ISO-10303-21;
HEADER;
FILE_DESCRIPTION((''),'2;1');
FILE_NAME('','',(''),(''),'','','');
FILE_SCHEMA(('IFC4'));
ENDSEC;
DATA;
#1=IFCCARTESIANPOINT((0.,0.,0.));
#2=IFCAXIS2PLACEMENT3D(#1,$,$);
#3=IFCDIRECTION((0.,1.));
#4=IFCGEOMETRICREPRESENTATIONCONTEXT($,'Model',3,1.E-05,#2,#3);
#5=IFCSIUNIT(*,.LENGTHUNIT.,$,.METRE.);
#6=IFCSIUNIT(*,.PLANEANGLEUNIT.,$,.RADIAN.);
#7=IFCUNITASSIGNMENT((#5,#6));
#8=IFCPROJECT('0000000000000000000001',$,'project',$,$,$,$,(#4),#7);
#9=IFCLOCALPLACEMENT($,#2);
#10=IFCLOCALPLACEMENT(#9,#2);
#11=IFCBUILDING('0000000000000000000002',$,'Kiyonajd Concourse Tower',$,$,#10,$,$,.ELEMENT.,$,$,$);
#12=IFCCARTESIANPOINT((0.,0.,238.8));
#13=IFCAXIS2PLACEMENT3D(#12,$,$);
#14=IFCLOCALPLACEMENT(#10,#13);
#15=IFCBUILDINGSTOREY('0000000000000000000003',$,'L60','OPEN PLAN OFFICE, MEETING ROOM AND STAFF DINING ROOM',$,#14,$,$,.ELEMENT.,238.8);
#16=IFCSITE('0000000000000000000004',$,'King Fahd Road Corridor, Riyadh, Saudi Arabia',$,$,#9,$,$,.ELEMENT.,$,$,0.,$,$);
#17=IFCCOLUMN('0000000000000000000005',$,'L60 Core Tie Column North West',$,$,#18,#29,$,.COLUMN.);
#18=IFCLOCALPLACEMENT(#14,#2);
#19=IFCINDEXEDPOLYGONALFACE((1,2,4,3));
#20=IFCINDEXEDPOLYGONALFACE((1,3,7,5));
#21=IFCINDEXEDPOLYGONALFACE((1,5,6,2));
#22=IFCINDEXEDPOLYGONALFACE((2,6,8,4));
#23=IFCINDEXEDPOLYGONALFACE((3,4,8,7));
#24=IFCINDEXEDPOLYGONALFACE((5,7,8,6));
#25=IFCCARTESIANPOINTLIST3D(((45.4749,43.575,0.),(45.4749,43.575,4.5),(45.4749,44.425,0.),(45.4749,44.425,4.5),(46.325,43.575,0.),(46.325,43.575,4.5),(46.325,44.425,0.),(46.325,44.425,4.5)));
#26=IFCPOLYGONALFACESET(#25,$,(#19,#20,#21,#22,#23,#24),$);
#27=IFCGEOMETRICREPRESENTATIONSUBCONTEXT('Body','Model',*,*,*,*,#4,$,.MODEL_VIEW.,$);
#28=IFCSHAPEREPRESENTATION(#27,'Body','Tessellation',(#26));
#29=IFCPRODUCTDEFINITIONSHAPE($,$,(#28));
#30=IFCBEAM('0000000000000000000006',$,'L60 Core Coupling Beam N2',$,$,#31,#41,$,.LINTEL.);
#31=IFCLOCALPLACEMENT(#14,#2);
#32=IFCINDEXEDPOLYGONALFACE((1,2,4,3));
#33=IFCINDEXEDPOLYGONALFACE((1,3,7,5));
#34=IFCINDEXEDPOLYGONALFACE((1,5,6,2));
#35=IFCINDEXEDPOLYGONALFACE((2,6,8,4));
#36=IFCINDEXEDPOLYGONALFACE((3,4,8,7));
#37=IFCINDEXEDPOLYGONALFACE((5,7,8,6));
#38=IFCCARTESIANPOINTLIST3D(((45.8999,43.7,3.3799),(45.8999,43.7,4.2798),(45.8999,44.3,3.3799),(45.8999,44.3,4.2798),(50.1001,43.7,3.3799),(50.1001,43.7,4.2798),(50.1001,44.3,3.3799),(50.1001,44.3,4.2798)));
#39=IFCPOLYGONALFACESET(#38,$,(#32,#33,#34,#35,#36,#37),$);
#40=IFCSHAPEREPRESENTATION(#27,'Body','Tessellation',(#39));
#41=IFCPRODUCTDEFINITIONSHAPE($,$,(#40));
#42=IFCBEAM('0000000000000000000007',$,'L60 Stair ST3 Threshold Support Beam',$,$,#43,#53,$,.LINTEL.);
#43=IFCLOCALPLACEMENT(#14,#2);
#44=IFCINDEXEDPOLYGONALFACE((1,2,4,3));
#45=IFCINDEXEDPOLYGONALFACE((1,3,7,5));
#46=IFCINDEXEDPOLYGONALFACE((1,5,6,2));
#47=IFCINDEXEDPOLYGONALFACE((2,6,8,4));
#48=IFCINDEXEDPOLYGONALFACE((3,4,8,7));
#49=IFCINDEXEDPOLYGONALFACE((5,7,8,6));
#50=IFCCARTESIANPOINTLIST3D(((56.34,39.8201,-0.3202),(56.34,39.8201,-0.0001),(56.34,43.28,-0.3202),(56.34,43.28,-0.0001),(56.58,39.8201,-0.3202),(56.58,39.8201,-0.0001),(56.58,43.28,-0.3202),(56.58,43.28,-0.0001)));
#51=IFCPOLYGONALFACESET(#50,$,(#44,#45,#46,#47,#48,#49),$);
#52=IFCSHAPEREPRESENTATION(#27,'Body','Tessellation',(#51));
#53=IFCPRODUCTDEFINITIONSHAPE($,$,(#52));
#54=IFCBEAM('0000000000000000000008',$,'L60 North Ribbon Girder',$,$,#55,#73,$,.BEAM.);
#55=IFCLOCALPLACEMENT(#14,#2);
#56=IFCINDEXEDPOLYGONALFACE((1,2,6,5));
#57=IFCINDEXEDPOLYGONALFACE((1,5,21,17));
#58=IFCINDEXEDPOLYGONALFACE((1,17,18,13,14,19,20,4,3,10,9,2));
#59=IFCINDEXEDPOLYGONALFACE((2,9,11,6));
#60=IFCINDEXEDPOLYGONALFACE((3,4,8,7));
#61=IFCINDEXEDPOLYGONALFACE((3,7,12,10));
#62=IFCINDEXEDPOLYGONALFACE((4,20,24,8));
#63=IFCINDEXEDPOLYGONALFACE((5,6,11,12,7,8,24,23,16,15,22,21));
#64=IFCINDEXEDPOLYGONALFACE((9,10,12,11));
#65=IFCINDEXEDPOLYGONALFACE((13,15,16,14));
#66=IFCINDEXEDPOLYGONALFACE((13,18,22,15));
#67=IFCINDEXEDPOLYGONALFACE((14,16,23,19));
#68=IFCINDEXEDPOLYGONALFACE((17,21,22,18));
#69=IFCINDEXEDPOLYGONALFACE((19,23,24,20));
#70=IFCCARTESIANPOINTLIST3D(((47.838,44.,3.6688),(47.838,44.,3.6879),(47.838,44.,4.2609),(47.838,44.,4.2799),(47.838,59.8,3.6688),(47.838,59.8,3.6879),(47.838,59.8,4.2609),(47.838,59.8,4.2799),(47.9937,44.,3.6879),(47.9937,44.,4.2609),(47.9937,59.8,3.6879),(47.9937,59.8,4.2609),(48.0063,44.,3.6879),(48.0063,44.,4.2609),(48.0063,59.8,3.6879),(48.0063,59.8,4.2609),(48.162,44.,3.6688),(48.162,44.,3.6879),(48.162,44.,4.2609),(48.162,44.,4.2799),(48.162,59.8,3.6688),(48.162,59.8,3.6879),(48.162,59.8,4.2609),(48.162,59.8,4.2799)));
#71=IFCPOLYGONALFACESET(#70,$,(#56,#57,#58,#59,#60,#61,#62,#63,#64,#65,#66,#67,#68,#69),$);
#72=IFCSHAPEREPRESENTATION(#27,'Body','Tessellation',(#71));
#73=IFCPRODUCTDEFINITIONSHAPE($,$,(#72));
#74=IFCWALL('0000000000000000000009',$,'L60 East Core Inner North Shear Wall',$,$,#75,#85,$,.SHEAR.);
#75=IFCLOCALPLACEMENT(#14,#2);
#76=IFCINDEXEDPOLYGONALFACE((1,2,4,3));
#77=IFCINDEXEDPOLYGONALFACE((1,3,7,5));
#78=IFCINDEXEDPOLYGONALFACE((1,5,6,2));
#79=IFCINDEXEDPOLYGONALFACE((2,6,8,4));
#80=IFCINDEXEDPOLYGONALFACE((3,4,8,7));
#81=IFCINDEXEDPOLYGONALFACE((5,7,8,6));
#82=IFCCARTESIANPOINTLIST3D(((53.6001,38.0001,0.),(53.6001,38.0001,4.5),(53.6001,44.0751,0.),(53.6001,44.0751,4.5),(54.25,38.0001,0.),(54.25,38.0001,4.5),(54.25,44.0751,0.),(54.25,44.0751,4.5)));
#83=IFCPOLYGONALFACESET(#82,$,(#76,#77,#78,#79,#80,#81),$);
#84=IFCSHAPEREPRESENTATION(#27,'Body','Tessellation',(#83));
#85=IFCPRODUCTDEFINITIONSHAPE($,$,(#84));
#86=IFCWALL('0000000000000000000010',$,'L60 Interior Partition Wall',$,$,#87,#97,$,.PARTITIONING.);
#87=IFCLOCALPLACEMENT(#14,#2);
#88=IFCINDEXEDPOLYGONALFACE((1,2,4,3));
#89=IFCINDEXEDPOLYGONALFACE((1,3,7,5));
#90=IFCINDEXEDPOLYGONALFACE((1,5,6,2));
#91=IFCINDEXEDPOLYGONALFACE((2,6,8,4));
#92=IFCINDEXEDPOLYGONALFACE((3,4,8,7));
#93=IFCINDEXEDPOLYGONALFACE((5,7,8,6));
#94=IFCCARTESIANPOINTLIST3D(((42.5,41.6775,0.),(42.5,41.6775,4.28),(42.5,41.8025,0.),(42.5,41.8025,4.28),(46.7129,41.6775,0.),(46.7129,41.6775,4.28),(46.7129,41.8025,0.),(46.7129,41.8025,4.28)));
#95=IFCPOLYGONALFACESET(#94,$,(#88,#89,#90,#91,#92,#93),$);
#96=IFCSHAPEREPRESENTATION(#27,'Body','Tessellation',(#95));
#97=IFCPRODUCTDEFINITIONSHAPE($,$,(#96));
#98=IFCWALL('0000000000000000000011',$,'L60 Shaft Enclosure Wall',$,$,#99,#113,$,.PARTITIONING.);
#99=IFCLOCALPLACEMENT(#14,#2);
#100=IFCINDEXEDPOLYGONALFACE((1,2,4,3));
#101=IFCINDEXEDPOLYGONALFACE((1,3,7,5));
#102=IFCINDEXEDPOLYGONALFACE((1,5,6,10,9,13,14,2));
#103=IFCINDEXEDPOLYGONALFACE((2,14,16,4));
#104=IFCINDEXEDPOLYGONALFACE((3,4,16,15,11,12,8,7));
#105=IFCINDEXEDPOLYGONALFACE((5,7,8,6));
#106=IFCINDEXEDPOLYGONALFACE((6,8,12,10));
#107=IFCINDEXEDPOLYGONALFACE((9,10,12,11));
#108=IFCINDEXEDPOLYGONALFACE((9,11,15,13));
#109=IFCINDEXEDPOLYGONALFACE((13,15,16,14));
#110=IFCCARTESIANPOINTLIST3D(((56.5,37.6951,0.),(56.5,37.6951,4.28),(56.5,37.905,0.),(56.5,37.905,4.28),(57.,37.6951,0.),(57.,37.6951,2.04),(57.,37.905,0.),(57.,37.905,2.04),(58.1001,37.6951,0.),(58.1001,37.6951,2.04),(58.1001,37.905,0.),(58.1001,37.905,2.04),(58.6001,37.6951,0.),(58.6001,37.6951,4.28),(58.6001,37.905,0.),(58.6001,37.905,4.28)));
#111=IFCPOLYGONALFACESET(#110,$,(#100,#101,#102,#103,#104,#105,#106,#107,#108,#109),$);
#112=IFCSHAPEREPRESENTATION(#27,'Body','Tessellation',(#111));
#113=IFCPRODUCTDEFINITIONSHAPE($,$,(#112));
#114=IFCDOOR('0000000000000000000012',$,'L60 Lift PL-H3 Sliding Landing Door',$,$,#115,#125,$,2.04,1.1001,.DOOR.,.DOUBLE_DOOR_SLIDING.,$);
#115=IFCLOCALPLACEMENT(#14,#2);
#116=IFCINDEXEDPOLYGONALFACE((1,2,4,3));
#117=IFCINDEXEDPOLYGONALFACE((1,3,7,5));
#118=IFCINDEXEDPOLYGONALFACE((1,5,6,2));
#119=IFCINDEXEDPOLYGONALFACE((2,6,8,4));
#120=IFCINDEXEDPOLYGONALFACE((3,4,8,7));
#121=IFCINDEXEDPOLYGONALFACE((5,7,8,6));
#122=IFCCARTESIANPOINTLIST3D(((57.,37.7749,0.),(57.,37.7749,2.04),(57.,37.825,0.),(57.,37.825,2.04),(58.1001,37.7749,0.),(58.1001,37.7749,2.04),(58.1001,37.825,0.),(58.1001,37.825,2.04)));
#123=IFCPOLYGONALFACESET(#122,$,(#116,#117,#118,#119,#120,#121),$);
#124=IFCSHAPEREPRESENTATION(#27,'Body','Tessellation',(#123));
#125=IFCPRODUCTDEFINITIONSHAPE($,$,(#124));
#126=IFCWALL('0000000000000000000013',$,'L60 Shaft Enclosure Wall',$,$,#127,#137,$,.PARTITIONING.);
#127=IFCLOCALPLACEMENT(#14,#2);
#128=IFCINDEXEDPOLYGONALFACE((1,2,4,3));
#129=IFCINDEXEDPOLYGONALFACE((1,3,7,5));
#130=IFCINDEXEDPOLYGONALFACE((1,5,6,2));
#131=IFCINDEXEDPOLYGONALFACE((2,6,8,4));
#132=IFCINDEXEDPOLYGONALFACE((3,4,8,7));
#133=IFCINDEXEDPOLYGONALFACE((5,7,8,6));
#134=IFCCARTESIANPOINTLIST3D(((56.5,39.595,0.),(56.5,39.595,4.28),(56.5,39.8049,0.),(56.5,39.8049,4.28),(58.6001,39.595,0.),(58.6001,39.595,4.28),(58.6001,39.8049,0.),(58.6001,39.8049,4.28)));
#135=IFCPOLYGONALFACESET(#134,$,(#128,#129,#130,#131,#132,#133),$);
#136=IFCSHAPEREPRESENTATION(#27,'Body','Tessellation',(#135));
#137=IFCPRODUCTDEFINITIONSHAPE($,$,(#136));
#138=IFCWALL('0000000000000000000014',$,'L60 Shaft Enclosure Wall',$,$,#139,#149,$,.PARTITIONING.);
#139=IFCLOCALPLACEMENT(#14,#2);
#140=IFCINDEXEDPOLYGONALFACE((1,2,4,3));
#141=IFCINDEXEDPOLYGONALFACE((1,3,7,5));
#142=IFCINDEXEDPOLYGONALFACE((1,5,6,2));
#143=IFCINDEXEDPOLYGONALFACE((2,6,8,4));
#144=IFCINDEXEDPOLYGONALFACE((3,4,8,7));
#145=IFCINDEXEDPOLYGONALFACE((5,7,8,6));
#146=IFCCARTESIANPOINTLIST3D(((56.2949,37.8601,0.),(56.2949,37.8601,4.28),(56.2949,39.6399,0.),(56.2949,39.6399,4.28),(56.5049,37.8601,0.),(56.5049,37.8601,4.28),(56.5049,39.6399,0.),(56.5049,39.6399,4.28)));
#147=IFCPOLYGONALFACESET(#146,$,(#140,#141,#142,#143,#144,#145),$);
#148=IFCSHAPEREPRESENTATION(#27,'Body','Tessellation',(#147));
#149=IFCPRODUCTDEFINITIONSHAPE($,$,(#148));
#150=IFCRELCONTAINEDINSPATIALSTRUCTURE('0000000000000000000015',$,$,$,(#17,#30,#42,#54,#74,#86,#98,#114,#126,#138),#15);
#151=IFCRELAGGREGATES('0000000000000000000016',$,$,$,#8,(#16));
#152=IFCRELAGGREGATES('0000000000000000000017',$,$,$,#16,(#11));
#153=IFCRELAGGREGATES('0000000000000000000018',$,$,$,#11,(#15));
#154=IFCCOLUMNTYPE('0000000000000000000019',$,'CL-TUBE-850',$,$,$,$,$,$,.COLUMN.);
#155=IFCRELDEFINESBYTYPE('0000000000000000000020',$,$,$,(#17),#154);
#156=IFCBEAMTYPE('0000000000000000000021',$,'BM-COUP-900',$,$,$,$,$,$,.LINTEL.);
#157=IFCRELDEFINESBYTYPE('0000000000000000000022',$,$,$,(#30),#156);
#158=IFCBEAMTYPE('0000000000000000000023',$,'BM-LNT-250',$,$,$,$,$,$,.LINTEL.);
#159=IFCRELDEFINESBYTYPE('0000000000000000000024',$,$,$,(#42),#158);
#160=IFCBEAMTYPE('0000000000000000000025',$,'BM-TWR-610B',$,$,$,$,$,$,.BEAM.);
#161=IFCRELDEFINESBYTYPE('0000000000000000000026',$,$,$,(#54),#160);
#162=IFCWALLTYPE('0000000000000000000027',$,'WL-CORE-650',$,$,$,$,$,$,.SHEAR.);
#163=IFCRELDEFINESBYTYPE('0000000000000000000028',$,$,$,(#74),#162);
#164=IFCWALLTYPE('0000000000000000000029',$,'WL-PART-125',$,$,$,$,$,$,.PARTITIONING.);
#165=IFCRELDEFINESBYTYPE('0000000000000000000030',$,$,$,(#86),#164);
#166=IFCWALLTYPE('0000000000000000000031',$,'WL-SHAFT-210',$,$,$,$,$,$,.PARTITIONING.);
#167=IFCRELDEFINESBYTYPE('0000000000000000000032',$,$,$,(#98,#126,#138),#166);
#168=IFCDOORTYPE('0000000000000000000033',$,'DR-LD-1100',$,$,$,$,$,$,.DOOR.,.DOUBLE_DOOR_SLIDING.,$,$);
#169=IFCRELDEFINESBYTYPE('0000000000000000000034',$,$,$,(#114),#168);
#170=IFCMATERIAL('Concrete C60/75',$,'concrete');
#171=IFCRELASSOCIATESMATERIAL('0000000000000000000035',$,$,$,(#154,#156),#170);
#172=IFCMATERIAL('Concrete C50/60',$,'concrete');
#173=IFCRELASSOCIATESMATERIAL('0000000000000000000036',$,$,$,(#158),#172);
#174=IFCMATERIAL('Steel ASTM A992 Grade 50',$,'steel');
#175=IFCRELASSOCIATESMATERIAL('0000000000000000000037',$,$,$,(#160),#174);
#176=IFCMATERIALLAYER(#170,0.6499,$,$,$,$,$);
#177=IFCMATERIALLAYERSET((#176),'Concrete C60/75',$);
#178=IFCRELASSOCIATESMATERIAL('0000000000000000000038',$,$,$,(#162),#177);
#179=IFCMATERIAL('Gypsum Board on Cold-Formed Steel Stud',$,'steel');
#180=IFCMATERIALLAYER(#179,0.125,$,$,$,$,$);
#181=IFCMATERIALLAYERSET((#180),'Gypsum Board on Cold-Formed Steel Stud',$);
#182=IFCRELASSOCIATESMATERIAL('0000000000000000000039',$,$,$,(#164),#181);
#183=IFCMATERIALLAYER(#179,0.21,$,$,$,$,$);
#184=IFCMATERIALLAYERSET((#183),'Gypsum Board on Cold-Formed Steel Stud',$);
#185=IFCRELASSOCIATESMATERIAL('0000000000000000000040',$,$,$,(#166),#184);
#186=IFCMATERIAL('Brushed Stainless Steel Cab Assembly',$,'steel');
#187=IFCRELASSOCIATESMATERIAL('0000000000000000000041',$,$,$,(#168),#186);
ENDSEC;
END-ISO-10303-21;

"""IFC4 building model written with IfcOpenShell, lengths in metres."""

from ifc_helpers import new_model, si_unit, direction, frame, frame_2d, origin, origin_2d, place, context, subcontext, project, spatial, rectangle, i_section, extrude, material, layer, layer_set, material_profile, profile_set, type_object, element, fill, save


model = new_model("IFC4")

# Units and contexts
model_context = context("Model", 3, precision=1e-05, world=origin(), true_north=direction((0.0, 1.0)))
body_context = subcontext(model_context, "Body", "Model", "MODEL_VIEW")
ifc_project = project(units=[si_unit("LENGTHUNIT", "METRE"), si_unit("PLANEANGLEUNIT", "RADIAN")], contexts=[model_context])

# Site, building, storey
site_placement = place(None, origin())
site = spatial("IfcSite", under=ifc_project, at=site_placement, Name="King Fahd Road Corridor, Riyadh, Saudi Arabia", CompositionType="ELEMENT", RefElevation=0.0)
building_placement = place(site_placement, origin())
building = spatial("IfcBuilding", under=site, at=building_placement, Name="Kiyonajd Concourse Tower", CompositionType="ELEMENT")
storey_placement = place(building_placement, frame((0.0, 0.0, 238.8)))
storey = spatial("IfcBuildingStorey", under=building, at=storey_placement, Name="L60", Description="OPEN PLAN OFFICE, MEETING ROOM AND STAFF DINING ROOM", CompositionType="ELEMENT", Elevation=238.8)

# Column
ifc_material_1 = material(Name="Concrete C60/75", Category="concrete")
ifc_material_profile_1 = material_profile(ifc_material_1, rectangle(XDim=0.8501, YDim=0.8501, at=origin_2d()), Name="RC-850x850")
ifc_profile_set_1 = profile_set([ifc_material_profile_1], Name="Concrete C60/75")
column_type = type_object("IfcColumnType", Name="CL-TUBE-850", PredefinedType="COLUMN", material=ifc_profile_set_1)
column_placement = place(storey_placement, frame((45.8999, 44.0, 0.0), z_axis=(0.0, 0.0, 1.0), x_axis=(1.0, 0.0, 0.0)))
element("IfcColumn", 1, at=column_placement, inside=storey, type_object=column_type, Name="L60 Core Tie Column North West", PredefinedType="COLUMN", context=body_context, shape_type="SweptSolid", body=[
    extrude(rectangle(XDim=0.8501, YDim=0.8501, at=origin_2d()), origin(), (0.0, 0.0, 1.0), 4.5),
])

# Beams
ifc_material_profile_2 = material_profile(ifc_material_1, rectangle(XDim=0.6001, YDim=0.8999, at=origin_2d()), Name="RCBM-600x900")
ifc_profile_set_2 = profile_set([ifc_material_profile_2], Name="Concrete C60/75")
beam_type_1 = type_object("IfcBeamType", Name="BM-COUP-900", PredefinedType="LINTEL", material=ifc_profile_set_2)
beam_1_placement = place(storey_placement, frame((45.8999, 44.0, 3.8298), z_axis=(1.0, 0.0, 0.0), x_axis=(0.0, 1.0, 0.0)))
element("IfcBeam", 2, at=beam_1_placement, inside=storey, type_object=beam_type_1, Name="L60 Core Coupling Beam N2", PredefinedType="LINTEL", context=body_context, shape_type="SweptSolid", body=[
    extrude(rectangle(XDim=0.6001, YDim=0.8999, at=origin_2d()), origin(), (0.0, 0.0, 1.0), 4.2002),
])
ifc_material_2 = material(Name="Concrete C50/60", Category="concrete")
ifc_material_profile_3 = material_profile(ifc_material_2, rectangle(XDim=0.24, YDim=0.3201, at=origin_2d()), Name="RCBM-240x320")
ifc_profile_set_3 = profile_set([ifc_material_profile_3], Name="Concrete C50/60")
beam_type_2 = type_object("IfcBeamType", Name="BM-LNT-250", PredefinedType="LINTEL", material=ifc_profile_set_3)
beam_2_placement = place(storey_placement, frame((56.46, 39.8201, -0.1602), z_axis=(0.0, 1.0, 0.0), x_axis=(-1.0, 0.0, 0.0)))
element("IfcBeam", 3, at=beam_2_placement, inside=storey, type_object=beam_type_2, Name="L60 Stair ST3 Threshold Support Beam", PredefinedType="LINTEL", context=body_context, shape_type="SweptSolid", body=[
    extrude(rectangle(XDim=0.24, YDim=0.3201, at=origin_2d()), origin(), (0.0, 0.0, 1.0), 3.46),
])
ifc_material_3 = material(Name="Steel ASTM A992 Grade 50", Category="steel")
ifc_material_profile_4 = material_profile(ifc_material_3, i_section(OverallWidth=0.324, OverallDepth=0.6111, WebThickness=0.0127, FlangeThickness=0.019, at=origin_2d()), Name="W610X155")
ifc_profile_set_4 = profile_set([ifc_material_profile_4], Name="Steel ASTM A992 Grade 50")
beam_type_3 = type_object("IfcBeamType", Name="BM-TWR-610B", PredefinedType="BEAM", material=ifc_profile_set_4)
beam_3_placement = place(storey_placement, frame((48.0, 44.0, 3.9744), z_axis=(0.0, 1.0, 0.0), x_axis=(-1.0, 0.0, 0.0)))
element("IfcBeam", 4, at=beam_3_placement, inside=storey, type_object=beam_type_3, Name="L60 North Ribbon Girder", PredefinedType="BEAM", context=body_context, shape_type="SweptSolid", body=[
    extrude(i_section(OverallWidth=0.324, OverallDepth=0.6111, WebThickness=0.0127, FlangeThickness=0.019, at=origin_2d()), origin(), (0.0, 0.0, 1.0), 15.8),
])

# Walls
ifc_layer_1 = layer(ifc_material_1, 0.6499)
ifc_layer_set_1 = layer_set([ifc_layer_1], Name="Concrete C60/75")
wall_type_1 = type_object("IfcWallType", Name="WL-CORE-650", PredefinedType="SHEAR", material=ifc_layer_set_1)
wall_1_placement = place(storey_placement, frame((53.925, 38.0, 0.0), z_axis=(0.0, 0.0, 1.0), x_axis=(0.0, 1.0, 0.0)))
element("IfcWall", 5, at=wall_1_placement, inside=storey, type_object=wall_type_1, Name="L60 East Core Inner North Shear Wall", PredefinedType="SHEAR", context=body_context, shape_type="SweptSolid", body=[
    extrude(rectangle(XDim=6.075, YDim=0.6499, at=frame_2d((3.0376, 0.0))), origin(), (0.0, 0.0, 1.0), 4.5),
])
ifc_material_4 = material(Name="Gypsum Board on Cold-Formed Steel Stud", Category="steel")
ifc_layer_2 = layer(ifc_material_4, 0.125)
ifc_layer_set_2 = layer_set([ifc_layer_2], Name="Gypsum Board on Cold-Formed Steel Stud")
wall_type_2 = type_object("IfcWallType", Name="WL-PART-125", PredefinedType="PARTITIONING", material=ifc_layer_set_2)
wall_2_placement = place(storey_placement, frame((42.5, 41.74, 0.0), z_axis=(0.0, 0.0, 1.0), x_axis=(1.0, 0.0, 0.0)))
element("IfcWall", 6, at=wall_2_placement, inside=storey, type_object=wall_type_2, Name="L60 Interior Partition Wall", PredefinedType="PARTITIONING", context=body_context, shape_type="SweptSolid", body=[
    extrude(rectangle(XDim=4.2129, YDim=0.125, at=frame_2d((2.1064, 0.0))), origin(), (0.0, 0.0, 1.0), 4.28),
])

# Wall, opening, door
ifc_layer_3 = layer(ifc_material_4, 0.21)
ifc_layer_set_3 = layer_set([ifc_layer_3], Name="Gypsum Board on Cold-Formed Steel Stud")
wall_type_3 = type_object("IfcWallType", Name="WL-SHAFT-210", PredefinedType="PARTITIONING", material=ifc_layer_set_3)
wall_3_placement = place(storey_placement, frame((56.5, 37.8, 0.0), z_axis=(0.0, 0.0, 1.0), x_axis=(1.0, 0.0, 0.0)))
wall_3 = element("IfcWall", 7, at=wall_3_placement, inside=storey, type_object=wall_type_3, Name="L60 Shaft Enclosure Wall", PredefinedType="PARTITIONING", context=body_context, shape_type="SweptSolid", body=[
    extrude(rectangle(XDim=2.1001, YDim=0.21, at=frame_2d((1.05, 0.0))), origin(), (0.0, 0.0, 1.0), 4.28),
])
opening_1_placement = place(wall_3_placement, frame((0.5, 0.0, 0.0)))
opening_1 = element("IfcOpeningElement", 8, at=opening_1_placement, cuts=wall_3, PredefinedType="OPENING", context=body_context, shape_type="SweptSolid", body=[
    extrude(rectangle(XDim=1.1001, YDim=2.04, at=frame_2d((0.55, 1.02))), frame((0.0, 0.115, 0.0), z_axis=(0.0, -1.0, 0.0), x_axis=(1.0, 0.0, 0.0)), (0.0, 0.0, 1.0), 0.23),
])
ifc_material_5 = material(Name="Brushed Stainless Steel Cab Assembly", Category="steel")
door_type_1 = type_object("IfcDoorType", Name="DR-LD-1100", OperationType="DOUBLE_DOOR_SLIDING", PredefinedType="DOOR", material=ifc_material_5)
door_1_placement = place(opening_1_placement, origin())
door_1 = element("IfcDoor", 9, at=door_1_placement, inside=storey, type_object=door_type_1, Name="L60 Lift PL-H3 Sliding Landing Door", OperationType="DOUBLE_DOOR_SLIDING", OverallHeight=2.04, OverallWidth=1.1001, PredefinedType="DOOR", context=body_context, shape_type="SweptSolid", body=[
    extrude(rectangle(XDim=1.1001, YDim=2.04, at=frame_2d((0.55, 1.02))), frame((0.0, 0.0249, 0.0), z_axis=(0.0, -1.0, 0.0), x_axis=(1.0, 0.0, 0.0)), (0.0, 0.0, 1.0), 0.05),
])
fill(opening_1, door_1)

# Walls
wall_4_placement = place(storey_placement, frame((56.5, 39.7, 0.0), z_axis=(0.0, 0.0, 1.0), x_axis=(1.0, 0.0, 0.0)))
element("IfcWall", 10, at=wall_4_placement, inside=storey, type_object=wall_type_3, Name="L60 Shaft Enclosure Wall", PredefinedType="PARTITIONING", context=body_context, shape_type="SweptSolid", body=[
    extrude(rectangle(XDim=2.1001, YDim=0.21, at=frame_2d((1.05, 0.0))), origin(), (0.0, 0.0, 1.0), 4.28),
])
wall_5_placement = place(storey_placement, frame((56.3999, 37.8601, 0.0), z_axis=(0.0, 0.0, 1.0), x_axis=(0.0, 1.0, 0.0)))
element("IfcWall", 11, at=wall_5_placement, inside=storey, type_object=wall_type_3, Name="L60 Shaft Enclosure Wall", PredefinedType="PARTITIONING", context=body_context, shape_type="SweptSolid", body=[
    extrude(rectangle(XDim=1.7798, YDim=0.21, at=frame_2d((0.8899, 0.0))), origin(), (0.0, 0.0, 1.0), 4.28),
])

save(model, "model.ifc")
